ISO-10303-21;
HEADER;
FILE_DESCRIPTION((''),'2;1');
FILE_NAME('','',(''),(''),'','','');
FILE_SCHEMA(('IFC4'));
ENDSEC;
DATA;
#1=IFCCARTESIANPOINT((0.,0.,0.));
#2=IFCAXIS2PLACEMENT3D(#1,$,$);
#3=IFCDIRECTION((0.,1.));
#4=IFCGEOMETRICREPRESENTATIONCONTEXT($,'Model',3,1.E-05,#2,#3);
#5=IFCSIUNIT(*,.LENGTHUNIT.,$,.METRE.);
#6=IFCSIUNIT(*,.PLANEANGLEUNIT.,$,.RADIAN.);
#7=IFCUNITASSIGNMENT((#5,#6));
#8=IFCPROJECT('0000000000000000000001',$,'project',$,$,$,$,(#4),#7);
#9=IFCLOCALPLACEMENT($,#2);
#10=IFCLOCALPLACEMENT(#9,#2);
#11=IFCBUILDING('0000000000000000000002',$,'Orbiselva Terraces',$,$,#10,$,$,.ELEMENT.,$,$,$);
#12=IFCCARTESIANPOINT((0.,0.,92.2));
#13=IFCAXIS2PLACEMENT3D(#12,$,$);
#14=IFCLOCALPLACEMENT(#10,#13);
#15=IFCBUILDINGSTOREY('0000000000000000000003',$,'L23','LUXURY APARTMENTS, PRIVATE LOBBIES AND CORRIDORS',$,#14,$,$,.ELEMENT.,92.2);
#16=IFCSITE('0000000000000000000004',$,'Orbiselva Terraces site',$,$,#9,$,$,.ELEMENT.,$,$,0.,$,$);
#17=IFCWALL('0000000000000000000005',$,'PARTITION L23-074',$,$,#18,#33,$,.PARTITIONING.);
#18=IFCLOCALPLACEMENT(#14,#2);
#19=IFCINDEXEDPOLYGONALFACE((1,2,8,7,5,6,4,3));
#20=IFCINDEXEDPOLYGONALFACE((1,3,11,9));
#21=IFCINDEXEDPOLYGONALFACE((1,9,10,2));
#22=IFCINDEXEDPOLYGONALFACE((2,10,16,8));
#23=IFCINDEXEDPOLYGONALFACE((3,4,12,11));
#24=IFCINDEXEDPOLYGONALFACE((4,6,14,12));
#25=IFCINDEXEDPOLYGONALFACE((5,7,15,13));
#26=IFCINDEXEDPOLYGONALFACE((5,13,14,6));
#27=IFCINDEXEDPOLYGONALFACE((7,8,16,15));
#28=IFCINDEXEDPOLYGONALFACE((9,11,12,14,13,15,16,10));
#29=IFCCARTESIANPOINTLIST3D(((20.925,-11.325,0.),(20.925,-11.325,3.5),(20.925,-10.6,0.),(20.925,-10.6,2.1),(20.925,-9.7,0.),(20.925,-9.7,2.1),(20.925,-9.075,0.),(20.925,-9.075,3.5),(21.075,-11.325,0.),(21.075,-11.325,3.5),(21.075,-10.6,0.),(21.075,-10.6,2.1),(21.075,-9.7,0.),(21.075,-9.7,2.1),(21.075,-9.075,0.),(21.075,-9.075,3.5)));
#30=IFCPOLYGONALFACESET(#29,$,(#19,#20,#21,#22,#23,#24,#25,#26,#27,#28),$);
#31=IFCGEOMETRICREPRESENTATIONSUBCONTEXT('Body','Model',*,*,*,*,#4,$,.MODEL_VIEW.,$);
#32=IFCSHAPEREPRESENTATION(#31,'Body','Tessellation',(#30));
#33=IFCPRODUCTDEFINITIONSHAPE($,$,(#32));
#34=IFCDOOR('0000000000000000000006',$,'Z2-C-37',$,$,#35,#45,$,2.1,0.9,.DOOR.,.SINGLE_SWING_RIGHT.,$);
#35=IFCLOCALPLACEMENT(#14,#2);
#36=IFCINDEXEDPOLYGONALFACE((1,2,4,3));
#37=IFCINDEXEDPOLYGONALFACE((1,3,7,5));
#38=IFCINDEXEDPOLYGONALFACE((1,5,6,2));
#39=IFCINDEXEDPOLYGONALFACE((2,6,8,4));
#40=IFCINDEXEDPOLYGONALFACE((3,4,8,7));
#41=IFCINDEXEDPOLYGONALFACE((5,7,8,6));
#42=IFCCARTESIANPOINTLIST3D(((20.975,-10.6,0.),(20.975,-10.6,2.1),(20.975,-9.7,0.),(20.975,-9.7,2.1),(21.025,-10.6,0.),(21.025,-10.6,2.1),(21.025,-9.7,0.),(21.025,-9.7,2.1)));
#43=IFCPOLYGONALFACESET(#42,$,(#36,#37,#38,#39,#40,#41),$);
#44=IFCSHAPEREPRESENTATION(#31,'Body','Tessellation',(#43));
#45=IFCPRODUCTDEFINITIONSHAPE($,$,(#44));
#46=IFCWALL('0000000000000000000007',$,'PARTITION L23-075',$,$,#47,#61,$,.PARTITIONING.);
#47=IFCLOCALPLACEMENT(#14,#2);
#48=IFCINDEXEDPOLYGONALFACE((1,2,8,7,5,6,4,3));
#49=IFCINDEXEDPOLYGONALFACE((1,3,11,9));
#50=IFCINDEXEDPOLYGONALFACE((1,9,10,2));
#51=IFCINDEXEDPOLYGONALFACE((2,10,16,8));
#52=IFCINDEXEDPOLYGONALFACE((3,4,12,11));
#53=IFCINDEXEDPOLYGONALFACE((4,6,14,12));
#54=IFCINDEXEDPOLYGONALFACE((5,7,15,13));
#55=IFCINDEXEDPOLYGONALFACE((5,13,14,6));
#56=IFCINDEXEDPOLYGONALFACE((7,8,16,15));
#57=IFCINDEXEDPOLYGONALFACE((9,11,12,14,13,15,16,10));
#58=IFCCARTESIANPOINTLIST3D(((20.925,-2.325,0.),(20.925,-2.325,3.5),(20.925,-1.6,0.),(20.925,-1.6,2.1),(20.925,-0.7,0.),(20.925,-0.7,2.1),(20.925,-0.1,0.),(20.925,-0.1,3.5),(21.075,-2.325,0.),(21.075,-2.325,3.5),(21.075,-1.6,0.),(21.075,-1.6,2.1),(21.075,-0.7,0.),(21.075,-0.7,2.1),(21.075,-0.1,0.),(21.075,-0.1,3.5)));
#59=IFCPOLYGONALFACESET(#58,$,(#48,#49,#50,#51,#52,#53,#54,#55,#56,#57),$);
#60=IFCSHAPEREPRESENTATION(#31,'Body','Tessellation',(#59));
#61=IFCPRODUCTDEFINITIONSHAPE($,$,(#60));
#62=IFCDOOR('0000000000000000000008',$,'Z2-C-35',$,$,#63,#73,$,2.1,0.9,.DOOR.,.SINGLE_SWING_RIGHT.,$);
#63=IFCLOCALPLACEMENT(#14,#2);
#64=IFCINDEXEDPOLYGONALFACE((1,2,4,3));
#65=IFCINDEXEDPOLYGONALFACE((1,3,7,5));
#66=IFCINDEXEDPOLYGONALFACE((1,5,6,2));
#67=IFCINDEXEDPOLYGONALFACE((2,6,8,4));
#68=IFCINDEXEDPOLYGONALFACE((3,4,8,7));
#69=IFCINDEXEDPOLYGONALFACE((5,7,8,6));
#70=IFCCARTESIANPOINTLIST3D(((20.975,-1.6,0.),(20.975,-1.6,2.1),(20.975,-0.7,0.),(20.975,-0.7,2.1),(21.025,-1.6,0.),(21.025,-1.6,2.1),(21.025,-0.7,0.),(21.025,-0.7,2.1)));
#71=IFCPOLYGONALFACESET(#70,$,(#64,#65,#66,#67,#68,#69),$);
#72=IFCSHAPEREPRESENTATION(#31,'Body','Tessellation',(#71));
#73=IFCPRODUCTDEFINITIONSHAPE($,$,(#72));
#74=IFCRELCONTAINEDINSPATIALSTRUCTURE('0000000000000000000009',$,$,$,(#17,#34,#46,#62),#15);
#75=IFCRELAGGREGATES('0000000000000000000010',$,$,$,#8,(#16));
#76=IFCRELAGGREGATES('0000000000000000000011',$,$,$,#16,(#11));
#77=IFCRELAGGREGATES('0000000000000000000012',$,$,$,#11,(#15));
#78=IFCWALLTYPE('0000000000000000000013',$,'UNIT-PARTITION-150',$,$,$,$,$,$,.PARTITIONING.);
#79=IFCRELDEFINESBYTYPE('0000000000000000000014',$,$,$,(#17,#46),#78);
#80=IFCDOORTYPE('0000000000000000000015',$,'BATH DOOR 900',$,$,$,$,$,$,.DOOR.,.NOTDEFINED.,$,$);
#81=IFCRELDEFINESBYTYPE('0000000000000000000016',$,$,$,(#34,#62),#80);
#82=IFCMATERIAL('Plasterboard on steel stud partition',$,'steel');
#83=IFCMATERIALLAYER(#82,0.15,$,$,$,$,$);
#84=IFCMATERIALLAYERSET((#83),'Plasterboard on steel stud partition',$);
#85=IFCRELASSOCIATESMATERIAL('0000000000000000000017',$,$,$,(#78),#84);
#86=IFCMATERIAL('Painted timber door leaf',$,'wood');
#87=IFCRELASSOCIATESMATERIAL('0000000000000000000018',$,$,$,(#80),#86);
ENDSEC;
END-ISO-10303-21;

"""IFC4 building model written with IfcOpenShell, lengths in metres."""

from ifc_helpers import new_model, si_unit, direction, frame, frame_2d, origin, place, context, subcontext, project, spatial, rectangle, extrude, material, layer, layer_set, type_object, element, fill, save


model = new_model("IFC4")

# Units and contexts
model_context = context("Model", 3, precision=1e-05, world=origin(), true_north=direction((0.0, 1.0)))
body_context = subcontext(model_context, "Body", "Model", "MODEL_VIEW")
ifc_project = project(units=[si_unit("LENGTHUNIT", "METRE"), si_unit("PLANEANGLEUNIT", "RADIAN")], contexts=[model_context])

# Site, building, storey
site_placement = place(None, origin())
site = spatial("IfcSite", under=ifc_project, at=site_placement, Name="Orbiselva Terraces site", CompositionType="ELEMENT", RefElevation=0.0)
building_placement = place(site_placement, origin())
building = spatial("IfcBuilding", under=site, at=building_placement, Name="Orbiselva Terraces", CompositionType="ELEMENT")
storey_placement = place(building_placement, frame((0.0, 0.0, 92.2)))
storey = spatial("IfcBuildingStorey", under=building, at=storey_placement, Name="L23", Description="LUXURY APARTMENTS, PRIVATE LOBBIES AND CORRIDORS", CompositionType="ELEMENT", Elevation=92.2)

# Shared definitions
ifc_material_1 = material(Name="Plasterboard on steel stud partition", Category="steel")
ifc_layer_1 = layer(ifc_material_1, 0.15)
ifc_layer_set_1 = layer_set([ifc_layer_1], Name="Plasterboard on steel stud partition")
wall_type_1 = type_object("IfcWallType", Name="UNIT-PARTITION-150", PredefinedType="PARTITIONING", material=ifc_layer_set_1)

# Shared definitions
ifc_material_2 = material(Name="Painted timber door leaf", Category="wood")

# Walls, openings, doors
wall_1_placement = place(storey_placement, frame((21.0, -11.325, 0.0), z_axis=(0.0, 0.0, 1.0), x_axis=(0.0, 1.0, 0.0)))
wall_1 = element("IfcWall", 1, at=wall_1_placement, inside=storey, type_object=wall_type_1, Name="PARTITION L23-074", PredefinedType="PARTITIONING", context=body_context, shape_type="SweptSolid", body=[
    extrude(rectangle(XDim=2.25, YDim=0.15, at=frame_2d((1.125, 0.0))), origin(), (0.0, 0.0, 1.0), 3.5),
])
opening_1_placement = place(wall_1_placement, frame((0.725, 0.0, 0.0)))
opening_1 = element("IfcOpeningElement", 2, at=opening_1_placement, cuts=wall_1, PredefinedType="OPENING", context=body_context, shape_type="SweptSolid", body=[
    extrude(rectangle(XDim=0.9, YDim=2.1, at=frame_2d((0.45, 1.05))), frame((0.0, 0.085, 0.0), z_axis=(0.0, -1.0, 0.0), x_axis=(1.0, 0.0, 0.0)), (0.0, 0.0, 1.0), 0.17),
])
door_type_1 = type_object("IfcDoorType", Name="BATH DOOR 900", OperationType="NOTDEFINED", PredefinedType="DOOR", material=ifc_material_2)
door_1_placement = place(opening_1_placement, origin())
door_1 = element("IfcDoor", 3, at=door_1_placement, inside=storey, type_object=door_type_1, Name="Z2-C-37", OperationType="SINGLE_SWING_RIGHT", OverallHeight=2.1, OverallWidth=0.9, PredefinedType="DOOR", context=body_context, shape_type="SweptSolid", body=[
    extrude(rectangle(XDim=0.9, YDim=2.1, at=frame_2d((0.45, 1.05))), frame((0.0, 0.025, 0.0), z_axis=(0.0, -1.0, 0.0), x_axis=(1.0, 0.0, 0.0)), (0.0, 0.0, 1.0), 0.05),
])
fill(opening_1, door_1)
wall_2_placement = place(storey_placement, frame((21.0, -2.325, 0.0), z_axis=(0.0, 0.0, 1.0), x_axis=(0.0, 1.0, 0.0)))
wall_2 = element("IfcWall", 4, at=wall_2_placement, inside=storey, type_object=wall_type_1, Name="PARTITION L23-075", PredefinedType="PARTITIONING", context=body_context, shape_type="SweptSolid", body=[
    extrude(rectangle(XDim=2.225, YDim=0.15, at=frame_2d((1.1125, 0.0))), origin(), (0.0, 0.0, 1.0), 3.5),
])
opening_2_placement = place(wall_2_placement, frame((0.725, 0.0, 0.0)))
opening_2 = element("IfcOpeningElement", 5, at=opening_2_placement, cuts=wall_2, PredefinedType="OPENING", context=body_context, shape_type="SweptSolid", body=[
    extrude(rectangle(XDim=0.9, YDim=2.1, at=frame_2d((0.45, 1.05))), frame((0.0, 0.085, 0.0), z_axis=(0.0, -1.0, 0.0), x_axis=(1.0, 0.0, 0.0)), (0.0, 0.0, 1.0), 0.17),
])
door_2_placement = place(opening_2_placement, origin())
door_2 = element("IfcDoor", 6, at=door_2_placement, inside=storey, type_object=door_type_1, Name="Z2-C-35", OperationType="SINGLE_SWING_RIGHT", OverallHeight=2.1, OverallWidth=0.9, PredefinedType="DOOR", context=body_context, shape_type="SweptSolid", body=[
    extrude(rectangle(XDim=0.9, YDim=2.1, at=frame_2d((0.45, 1.05))), frame((0.0, 0.025, 0.0), z_axis=(0.0, -1.0, 0.0), x_axis=(1.0, 0.0, 0.0)), (0.0, 0.0, 1.0), 0.05),
])
fill(opening_2, door_2)

save(model, "model.ifc")
